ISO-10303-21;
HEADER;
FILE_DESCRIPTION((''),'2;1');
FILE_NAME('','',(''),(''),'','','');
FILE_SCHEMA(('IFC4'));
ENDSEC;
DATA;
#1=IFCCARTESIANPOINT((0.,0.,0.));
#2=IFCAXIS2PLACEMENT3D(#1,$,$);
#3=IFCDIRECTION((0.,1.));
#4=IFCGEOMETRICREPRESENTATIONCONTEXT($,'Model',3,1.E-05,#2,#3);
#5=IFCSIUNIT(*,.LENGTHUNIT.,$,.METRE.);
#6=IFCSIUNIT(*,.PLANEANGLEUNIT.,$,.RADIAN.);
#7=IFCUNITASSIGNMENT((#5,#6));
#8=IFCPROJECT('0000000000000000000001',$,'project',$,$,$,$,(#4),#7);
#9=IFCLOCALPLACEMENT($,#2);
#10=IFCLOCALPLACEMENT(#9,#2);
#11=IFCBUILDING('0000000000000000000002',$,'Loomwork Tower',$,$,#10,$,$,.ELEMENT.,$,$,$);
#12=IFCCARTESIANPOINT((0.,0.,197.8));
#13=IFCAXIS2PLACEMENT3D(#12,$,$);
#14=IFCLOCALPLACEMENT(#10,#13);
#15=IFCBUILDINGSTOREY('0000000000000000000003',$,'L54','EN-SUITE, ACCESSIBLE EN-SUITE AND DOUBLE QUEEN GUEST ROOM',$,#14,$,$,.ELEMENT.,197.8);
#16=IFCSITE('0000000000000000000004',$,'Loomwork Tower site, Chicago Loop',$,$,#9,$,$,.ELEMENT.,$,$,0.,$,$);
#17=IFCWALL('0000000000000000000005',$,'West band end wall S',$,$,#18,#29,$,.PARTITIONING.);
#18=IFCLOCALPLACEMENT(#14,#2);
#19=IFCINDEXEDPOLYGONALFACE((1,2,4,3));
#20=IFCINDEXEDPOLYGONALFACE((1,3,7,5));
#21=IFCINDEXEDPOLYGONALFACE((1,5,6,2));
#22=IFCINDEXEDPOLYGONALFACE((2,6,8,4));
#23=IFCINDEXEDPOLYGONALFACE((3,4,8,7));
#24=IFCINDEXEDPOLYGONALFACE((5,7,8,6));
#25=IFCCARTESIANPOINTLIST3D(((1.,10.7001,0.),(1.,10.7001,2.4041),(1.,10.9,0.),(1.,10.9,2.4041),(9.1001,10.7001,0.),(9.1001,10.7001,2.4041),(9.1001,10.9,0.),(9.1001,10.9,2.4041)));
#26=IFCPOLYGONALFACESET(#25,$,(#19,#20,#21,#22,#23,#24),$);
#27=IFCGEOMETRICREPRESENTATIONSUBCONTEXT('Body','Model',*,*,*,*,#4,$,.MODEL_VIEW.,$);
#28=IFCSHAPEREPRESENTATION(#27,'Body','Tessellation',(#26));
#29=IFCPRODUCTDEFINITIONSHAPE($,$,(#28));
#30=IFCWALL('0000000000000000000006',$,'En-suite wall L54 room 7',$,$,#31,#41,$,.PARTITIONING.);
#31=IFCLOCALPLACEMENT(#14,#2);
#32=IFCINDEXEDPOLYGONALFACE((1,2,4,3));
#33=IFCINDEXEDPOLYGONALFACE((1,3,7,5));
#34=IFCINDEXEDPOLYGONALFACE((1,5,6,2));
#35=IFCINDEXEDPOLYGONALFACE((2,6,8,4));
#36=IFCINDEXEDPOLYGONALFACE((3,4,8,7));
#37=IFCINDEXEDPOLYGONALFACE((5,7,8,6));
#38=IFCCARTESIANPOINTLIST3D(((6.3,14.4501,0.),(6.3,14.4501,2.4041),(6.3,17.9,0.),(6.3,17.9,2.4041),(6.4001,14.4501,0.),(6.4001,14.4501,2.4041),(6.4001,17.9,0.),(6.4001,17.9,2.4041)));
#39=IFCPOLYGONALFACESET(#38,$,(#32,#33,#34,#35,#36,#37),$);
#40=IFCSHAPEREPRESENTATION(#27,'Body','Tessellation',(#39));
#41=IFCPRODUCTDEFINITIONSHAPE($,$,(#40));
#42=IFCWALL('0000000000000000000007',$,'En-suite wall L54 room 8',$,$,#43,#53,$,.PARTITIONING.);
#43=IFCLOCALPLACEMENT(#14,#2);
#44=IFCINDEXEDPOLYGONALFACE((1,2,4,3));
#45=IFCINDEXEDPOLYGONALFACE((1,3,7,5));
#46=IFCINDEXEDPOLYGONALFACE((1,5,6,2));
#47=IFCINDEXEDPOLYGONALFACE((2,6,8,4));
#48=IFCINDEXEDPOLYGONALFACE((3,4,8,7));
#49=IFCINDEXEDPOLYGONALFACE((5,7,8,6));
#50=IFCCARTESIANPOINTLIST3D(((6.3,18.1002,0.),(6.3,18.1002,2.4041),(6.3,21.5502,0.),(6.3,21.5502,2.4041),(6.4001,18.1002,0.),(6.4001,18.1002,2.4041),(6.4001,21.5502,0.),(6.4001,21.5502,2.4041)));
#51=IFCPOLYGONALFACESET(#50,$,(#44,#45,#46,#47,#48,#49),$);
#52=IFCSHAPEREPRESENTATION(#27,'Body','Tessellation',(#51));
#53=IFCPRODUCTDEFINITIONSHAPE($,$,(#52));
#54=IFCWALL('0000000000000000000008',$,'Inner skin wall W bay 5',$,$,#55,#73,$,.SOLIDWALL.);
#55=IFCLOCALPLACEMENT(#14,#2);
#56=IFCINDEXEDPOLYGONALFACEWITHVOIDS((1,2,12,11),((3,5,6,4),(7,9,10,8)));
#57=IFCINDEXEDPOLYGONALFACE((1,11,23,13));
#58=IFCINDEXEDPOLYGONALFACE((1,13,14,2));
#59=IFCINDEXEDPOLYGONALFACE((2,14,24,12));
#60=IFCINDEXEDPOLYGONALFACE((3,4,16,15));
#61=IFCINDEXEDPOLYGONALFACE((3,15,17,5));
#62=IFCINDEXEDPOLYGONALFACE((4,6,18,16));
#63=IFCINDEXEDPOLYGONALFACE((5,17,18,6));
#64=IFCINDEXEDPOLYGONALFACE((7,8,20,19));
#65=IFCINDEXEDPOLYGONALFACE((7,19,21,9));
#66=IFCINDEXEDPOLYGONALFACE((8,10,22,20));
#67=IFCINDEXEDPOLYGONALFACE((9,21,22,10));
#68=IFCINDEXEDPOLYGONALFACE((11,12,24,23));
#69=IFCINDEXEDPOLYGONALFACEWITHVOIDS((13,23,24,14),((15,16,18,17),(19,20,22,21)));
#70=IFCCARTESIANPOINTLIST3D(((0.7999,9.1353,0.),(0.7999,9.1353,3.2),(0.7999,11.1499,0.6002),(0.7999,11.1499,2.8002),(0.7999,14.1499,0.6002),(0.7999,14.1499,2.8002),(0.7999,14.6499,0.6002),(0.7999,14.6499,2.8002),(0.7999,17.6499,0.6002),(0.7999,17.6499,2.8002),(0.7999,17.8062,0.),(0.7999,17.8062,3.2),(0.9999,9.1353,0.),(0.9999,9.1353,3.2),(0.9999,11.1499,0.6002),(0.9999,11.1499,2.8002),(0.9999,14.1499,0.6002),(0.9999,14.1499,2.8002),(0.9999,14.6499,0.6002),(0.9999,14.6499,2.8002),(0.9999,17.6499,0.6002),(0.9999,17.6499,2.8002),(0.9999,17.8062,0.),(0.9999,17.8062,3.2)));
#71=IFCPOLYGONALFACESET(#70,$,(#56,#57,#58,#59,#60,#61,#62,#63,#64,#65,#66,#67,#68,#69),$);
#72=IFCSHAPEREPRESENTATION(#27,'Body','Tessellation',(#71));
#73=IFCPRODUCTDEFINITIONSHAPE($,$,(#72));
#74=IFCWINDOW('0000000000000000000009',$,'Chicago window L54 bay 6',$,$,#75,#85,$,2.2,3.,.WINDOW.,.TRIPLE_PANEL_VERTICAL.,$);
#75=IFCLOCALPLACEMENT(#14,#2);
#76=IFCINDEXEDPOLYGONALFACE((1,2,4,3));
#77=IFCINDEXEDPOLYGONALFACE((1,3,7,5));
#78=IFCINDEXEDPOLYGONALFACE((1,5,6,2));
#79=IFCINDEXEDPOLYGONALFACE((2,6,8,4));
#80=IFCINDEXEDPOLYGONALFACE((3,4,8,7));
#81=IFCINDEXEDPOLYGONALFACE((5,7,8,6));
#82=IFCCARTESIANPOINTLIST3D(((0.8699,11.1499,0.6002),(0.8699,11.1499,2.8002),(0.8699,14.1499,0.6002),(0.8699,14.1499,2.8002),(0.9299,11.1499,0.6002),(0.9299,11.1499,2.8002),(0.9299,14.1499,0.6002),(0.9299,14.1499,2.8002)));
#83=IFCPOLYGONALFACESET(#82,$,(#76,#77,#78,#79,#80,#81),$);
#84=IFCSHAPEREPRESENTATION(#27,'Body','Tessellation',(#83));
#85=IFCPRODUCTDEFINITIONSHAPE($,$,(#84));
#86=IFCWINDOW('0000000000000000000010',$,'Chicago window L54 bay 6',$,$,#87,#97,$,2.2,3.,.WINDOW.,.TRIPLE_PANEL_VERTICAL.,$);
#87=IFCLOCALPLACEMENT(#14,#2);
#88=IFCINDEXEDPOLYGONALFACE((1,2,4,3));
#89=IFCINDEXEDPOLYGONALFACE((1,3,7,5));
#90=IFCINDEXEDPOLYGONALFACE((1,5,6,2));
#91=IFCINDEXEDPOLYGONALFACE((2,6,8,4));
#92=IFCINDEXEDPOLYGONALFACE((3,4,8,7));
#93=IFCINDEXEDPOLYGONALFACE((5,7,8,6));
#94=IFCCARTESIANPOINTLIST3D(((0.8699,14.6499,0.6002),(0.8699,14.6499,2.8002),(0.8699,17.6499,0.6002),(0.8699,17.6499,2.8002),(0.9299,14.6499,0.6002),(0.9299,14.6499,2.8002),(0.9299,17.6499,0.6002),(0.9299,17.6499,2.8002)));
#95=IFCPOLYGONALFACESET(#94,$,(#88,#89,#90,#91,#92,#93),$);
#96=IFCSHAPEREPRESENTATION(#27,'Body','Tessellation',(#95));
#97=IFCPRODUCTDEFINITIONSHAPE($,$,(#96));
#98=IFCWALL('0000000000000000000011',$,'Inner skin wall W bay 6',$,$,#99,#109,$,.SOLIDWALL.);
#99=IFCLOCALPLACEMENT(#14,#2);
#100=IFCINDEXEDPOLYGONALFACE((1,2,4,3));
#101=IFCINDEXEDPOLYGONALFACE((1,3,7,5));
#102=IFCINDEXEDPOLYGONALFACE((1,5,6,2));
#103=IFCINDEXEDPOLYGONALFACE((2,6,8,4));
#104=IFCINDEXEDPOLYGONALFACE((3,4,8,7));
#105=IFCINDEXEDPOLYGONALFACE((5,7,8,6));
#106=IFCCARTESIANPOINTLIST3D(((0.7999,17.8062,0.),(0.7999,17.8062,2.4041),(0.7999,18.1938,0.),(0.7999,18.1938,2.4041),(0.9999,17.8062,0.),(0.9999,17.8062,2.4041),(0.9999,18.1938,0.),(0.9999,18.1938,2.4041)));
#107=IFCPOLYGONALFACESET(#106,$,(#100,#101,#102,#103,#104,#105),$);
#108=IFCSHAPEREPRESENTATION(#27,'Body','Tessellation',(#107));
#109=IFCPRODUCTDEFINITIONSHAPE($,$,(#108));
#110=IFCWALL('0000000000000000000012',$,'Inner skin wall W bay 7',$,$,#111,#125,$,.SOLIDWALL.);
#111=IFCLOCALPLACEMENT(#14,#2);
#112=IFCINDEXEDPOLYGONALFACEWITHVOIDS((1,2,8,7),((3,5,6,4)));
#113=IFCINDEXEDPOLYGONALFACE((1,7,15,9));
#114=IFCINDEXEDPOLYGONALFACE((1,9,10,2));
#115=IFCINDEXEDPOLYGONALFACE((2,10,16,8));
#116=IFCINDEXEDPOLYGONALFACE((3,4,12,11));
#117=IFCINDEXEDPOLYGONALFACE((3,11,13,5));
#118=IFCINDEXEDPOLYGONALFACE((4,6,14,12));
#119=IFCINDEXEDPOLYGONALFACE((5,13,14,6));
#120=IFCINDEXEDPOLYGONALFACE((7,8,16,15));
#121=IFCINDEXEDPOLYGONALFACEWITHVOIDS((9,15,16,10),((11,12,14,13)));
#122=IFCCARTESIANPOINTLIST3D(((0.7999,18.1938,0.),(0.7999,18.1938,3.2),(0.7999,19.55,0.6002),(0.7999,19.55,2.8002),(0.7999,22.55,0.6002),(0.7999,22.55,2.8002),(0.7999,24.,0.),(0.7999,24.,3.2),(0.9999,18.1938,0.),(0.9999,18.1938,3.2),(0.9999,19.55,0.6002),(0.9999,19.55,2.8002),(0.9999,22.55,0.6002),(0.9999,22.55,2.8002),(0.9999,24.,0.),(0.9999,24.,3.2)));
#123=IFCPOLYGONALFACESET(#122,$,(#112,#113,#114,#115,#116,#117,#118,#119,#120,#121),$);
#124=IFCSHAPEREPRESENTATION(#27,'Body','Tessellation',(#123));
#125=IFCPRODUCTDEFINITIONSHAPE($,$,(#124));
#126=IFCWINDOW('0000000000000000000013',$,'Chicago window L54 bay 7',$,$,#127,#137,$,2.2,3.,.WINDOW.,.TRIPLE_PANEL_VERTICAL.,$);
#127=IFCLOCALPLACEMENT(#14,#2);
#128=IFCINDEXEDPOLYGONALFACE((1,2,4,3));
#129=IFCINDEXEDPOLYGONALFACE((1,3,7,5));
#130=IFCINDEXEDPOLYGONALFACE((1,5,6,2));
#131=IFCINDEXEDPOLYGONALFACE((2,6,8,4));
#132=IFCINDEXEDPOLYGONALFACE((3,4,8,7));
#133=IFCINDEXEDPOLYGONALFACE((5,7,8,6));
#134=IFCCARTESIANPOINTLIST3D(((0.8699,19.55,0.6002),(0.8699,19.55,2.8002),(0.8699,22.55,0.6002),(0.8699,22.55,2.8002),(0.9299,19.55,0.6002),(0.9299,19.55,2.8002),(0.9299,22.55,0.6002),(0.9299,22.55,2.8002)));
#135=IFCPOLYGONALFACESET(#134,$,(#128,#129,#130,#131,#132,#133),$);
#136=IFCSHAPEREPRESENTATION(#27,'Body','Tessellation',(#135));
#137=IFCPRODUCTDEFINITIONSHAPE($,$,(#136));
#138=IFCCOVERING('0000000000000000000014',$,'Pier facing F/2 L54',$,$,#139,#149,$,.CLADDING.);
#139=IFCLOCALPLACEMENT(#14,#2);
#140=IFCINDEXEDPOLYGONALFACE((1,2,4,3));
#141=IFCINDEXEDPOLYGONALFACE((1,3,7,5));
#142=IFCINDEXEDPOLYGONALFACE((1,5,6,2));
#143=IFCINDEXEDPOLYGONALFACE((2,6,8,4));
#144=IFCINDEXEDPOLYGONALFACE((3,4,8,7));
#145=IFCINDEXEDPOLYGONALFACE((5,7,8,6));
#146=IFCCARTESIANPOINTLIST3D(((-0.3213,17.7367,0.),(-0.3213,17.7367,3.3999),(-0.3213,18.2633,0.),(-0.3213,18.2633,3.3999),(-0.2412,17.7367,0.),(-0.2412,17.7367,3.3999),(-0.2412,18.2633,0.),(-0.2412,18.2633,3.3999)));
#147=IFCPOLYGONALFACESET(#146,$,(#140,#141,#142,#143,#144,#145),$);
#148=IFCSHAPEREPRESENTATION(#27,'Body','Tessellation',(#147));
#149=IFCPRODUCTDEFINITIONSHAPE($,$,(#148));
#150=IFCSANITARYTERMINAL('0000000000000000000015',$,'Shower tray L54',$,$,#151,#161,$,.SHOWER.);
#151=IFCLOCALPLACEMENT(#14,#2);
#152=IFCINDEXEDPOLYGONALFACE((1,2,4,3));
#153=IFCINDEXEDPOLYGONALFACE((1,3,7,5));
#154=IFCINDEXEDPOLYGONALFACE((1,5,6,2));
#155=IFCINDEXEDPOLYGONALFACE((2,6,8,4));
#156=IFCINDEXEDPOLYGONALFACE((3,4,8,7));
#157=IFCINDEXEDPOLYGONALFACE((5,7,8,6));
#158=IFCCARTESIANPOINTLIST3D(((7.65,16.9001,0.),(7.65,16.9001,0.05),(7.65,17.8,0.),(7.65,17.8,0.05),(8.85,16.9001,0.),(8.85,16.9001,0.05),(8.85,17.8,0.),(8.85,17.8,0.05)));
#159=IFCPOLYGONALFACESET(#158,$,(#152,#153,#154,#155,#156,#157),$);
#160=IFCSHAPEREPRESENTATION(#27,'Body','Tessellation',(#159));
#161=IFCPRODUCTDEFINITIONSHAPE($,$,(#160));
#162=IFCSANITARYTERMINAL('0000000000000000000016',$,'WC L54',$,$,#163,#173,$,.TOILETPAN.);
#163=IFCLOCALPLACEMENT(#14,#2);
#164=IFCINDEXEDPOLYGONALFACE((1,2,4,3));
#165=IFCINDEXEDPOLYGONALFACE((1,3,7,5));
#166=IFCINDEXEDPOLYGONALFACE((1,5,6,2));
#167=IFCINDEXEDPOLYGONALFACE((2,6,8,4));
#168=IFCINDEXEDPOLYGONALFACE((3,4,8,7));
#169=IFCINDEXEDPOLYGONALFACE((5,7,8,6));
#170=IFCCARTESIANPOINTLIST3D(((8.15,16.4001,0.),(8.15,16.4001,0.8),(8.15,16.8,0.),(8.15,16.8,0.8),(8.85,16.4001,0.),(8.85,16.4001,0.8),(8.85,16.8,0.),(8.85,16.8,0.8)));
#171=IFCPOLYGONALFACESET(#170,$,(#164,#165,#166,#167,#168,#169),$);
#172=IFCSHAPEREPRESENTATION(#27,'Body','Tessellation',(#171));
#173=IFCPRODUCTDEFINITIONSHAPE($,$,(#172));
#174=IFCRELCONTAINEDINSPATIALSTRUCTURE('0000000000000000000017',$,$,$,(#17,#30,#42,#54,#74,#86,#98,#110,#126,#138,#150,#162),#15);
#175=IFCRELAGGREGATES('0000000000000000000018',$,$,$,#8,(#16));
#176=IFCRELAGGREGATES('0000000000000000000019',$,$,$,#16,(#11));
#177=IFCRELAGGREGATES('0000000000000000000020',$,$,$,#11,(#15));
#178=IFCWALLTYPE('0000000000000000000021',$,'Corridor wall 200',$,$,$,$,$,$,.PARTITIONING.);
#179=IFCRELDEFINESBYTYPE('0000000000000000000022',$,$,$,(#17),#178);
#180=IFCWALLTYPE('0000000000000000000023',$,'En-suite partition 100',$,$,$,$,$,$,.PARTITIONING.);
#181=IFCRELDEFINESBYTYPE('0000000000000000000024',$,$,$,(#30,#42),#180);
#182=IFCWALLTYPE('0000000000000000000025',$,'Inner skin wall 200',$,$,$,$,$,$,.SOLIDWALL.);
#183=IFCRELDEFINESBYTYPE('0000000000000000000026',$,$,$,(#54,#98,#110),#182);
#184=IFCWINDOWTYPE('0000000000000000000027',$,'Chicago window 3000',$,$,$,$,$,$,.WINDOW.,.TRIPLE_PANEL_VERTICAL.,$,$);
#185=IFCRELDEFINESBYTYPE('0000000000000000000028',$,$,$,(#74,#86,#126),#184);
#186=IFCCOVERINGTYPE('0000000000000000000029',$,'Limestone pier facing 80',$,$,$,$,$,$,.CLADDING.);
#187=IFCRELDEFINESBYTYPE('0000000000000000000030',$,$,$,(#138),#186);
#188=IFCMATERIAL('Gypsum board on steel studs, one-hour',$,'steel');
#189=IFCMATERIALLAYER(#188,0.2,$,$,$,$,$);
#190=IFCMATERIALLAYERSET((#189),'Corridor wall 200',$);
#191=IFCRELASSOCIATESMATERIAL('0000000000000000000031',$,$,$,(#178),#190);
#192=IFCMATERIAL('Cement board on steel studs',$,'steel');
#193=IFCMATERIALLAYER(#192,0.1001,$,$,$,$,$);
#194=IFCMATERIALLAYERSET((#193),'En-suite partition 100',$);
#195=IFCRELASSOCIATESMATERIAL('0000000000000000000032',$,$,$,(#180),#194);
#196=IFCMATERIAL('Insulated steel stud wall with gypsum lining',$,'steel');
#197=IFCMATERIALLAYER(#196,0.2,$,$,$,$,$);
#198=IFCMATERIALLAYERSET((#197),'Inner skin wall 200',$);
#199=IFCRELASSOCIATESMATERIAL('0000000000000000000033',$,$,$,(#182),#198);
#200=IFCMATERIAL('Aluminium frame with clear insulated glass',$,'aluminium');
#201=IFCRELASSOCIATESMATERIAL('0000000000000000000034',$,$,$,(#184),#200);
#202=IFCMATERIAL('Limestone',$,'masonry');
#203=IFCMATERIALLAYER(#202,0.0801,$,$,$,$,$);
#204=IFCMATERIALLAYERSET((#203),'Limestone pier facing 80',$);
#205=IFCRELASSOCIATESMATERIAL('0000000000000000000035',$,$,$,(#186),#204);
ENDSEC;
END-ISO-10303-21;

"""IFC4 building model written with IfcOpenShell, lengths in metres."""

from ifc_helpers import new_model, si_unit, direction, frame, frame_2d, origin, origin_2d, place, context, subcontext, project, spatial, rectangle, extrude, material, layer, layer_set, type_object, element, fill, save


model = new_model("IFC4")

# Units and contexts
model_context = context("Model", 3, precision=1e-05, world=origin(), true_north=direction((0.0, 1.0)))
body_context = subcontext(model_context, "Body", "Model", "MODEL_VIEW")
ifc_project = project(units=[si_unit("LENGTHUNIT", "METRE"), si_unit("PLANEANGLEUNIT", "RADIAN")], contexts=[model_context])

# Site, building, storey
site_placement = place(None, origin())
site = spatial("IfcSite", under=ifc_project, at=site_placement, Name="Loomwork Tower site, Chicago Loop", CompositionType="ELEMENT", RefElevation=0.0)
building_placement = place(site_placement, origin())
building = spatial("IfcBuilding", under=site, at=building_placement, Name="Loomwork Tower", CompositionType="ELEMENT")
storey_placement = place(building_placement, frame((0.0, 0.0, 197.8)))
storey = spatial("IfcBuildingStorey", under=building, at=storey_placement, Name="L54", Description="EN-SUITE, ACCESSIBLE EN-SUITE AND DOUBLE QUEEN GUEST ROOM", CompositionType="ELEMENT", Elevation=197.8)

# Walls
ifc_material_1 = material(Name="Gypsum board on steel studs, one-hour", Category="steel")
ifc_layer_1 = layer(ifc_material_1, 0.2)
ifc_layer_set_1 = layer_set([ifc_layer_1], Name="Corridor wall 200")
wall_type_1 = type_object("IfcWallType", Name="Corridor wall 200", PredefinedType="PARTITIONING", material=ifc_layer_set_1)
wall_1_placement = place(storey_placement, frame((1.0, 10.8, 0.0), z_axis=(0.0, 0.0, 1.0), x_axis=(1.0, 0.0, 0.0)))
element("IfcWall", 1, at=wall_1_placement, inside=storey, type_object=wall_type_1, Name="West band end wall S", PredefinedType="PARTITIONING", context=body_context, shape_type="SweptSolid", body=[
    extrude(rectangle(XDim=8.1001, YDim=0.2, at=frame_2d((4.05, 0.0))), origin(), (0.0, 0.0, 1.0), 2.4041),
])
ifc_material_2 = material(Name="Cement board on steel studs", Category="steel")
ifc_layer_2 = layer(ifc_material_2, 0.1001)
ifc_layer_set_2 = layer_set([ifc_layer_2], Name="En-suite partition 100")
wall_type_2 = type_object("IfcWallType", Name="En-suite partition 100", PredefinedType="PARTITIONING", material=ifc_layer_set_2)
for number, where, z_axis, x_axis, name in (
    (2, (6.3501, 14.45, 0.0), (0.0, 0.0, 1.0), (0.0, 1.0, 0.0), "En-suite wall L54 room 7"),
    (3, (6.3501, 18.1001, 0.0), (0.0, 0.0, 1.0), (0.0, 1.0, 0.0), "En-suite wall L54 room 8"),
):
    element("IfcWall", number, at=place(storey_placement, frame(where, z_axis=z_axis, x_axis=x_axis)), inside=storey, type_object=wall_type_2, Name=name, PredefinedType="PARTITIONING", context=body_context, shape_type="SweptSolid", body=[
        extrude(rectangle(XDim=3.45, YDim=0.1001, at=frame_2d((1.7251, 0.0))), origin(), (0.0, 0.0, 1.0), 2.4041),
    ])

# Wall, openings, windows
ifc_material_3 = material(Name="Insulated steel stud wall with gypsum lining", Category="steel")
ifc_layer_3 = layer(ifc_material_3, 0.2)
ifc_layer_set_3 = layer_set([ifc_layer_3], Name="Inner skin wall 200")
wall_type_3 = type_object("IfcWallType", Name="Inner skin wall 200", PredefinedType="SOLIDWALL", material=ifc_layer_set_3)
wall_2_placement = place(storey_placement, frame((0.8999, 9.1353, 0.0), z_axis=(0.0, 0.0, 1.0), x_axis=(0.0, 1.0, 0.0)))
wall_2 = element("IfcWall", 4, at=wall_2_placement, inside=storey, type_object=wall_type_3, Name="Inner skin wall W bay 5", PredefinedType="SOLIDWALL", context=body_context, shape_type="SweptSolid", body=[
    extrude(rectangle(XDim=8.6709, YDim=0.2, at=frame_2d((4.3354, 0.0))), origin(), (0.0, 0.0, 1.0), 3.2),
])
opening_1_placement = place(wall_2_placement, frame((2.0146, 0.0, 0.6001)))
opening_1 = element("IfcOpeningElement", 5, at=opening_1_placement, cuts=wall_2, PredefinedType="OPENING", context=body_context, shape_type="SweptSolid", body=[
    extrude(rectangle(XDim=3.0, YDim=2.2, at=frame_2d((1.5, 1.1001))), frame((0.0, 0.1099, 0.0), z_axis=(0.0, -1.0, 0.0), x_axis=(1.0, 0.0, 0.0)), (0.0, 0.0, 1.0), 0.22),
])
opening_2_placement = place(wall_2_placement, frame((5.5146, 0.0, 0.6001)))
opening_2 = element("IfcOpeningElement", 6, at=opening_2_placement, cuts=wall_2, PredefinedType="OPENING", context=body_context, shape_type="SweptSolid", body=[
    extrude(rectangle(XDim=3.0, YDim=2.2, at=frame_2d((1.5, 1.1001))), frame((0.0, 0.1099, 0.0), z_axis=(0.0, -1.0, 0.0), x_axis=(1.0, 0.0, 0.0)), (0.0, 0.0, 1.0), 0.22),
])
ifc_material_4 = material(Name="Aluminium frame with clear insulated glass", Category="aluminium")
window_type = type_object("IfcWindowType", Name="Chicago window 3000", PartitioningType="TRIPLE_PANEL_VERTICAL", PredefinedType="WINDOW", material=ifc_material_4)
window_1_placement = place(opening_1_placement, origin())
window_1 = element("IfcWindow", 7, at=window_1_placement, inside=storey, type_object=window_type, Name="Chicago window L54 bay 6", OverallHeight=2.2, OverallWidth=3.0, PartitioningType="TRIPLE_PANEL_VERTICAL", PredefinedType="WINDOW", context=body_context, shape_type="SweptSolid", body=[
    extrude(rectangle(XDim=3.0, YDim=2.2, at=frame_2d((1.5, 1.1001))), frame((0.0, 0.03, 0.0), z_axis=(0.0, -1.0, 0.0), x_axis=(1.0, 0.0, 0.0)), (0.0, 0.0, 1.0), 0.0601),
])
fill(opening_1, window_1)
window_2_placement = place(opening_2_placement, origin())
window_2 = element("IfcWindow", 8, at=window_2_placement, inside=storey, type_object=window_type, Name="Chicago window L54 bay 6", OverallHeight=2.2, OverallWidth=3.0, PartitioningType="TRIPLE_PANEL_VERTICAL", PredefinedType="WINDOW", context=body_context, shape_type="SweptSolid", body=[
    extrude(rectangle(XDim=3.0, YDim=2.2, at=frame_2d((1.5, 1.1001))), frame((0.0, 0.03, 0.0), z_axis=(0.0, -1.0, 0.0), x_axis=(1.0, 0.0, 0.0)), (0.0, 0.0, 1.0), 0.0601),
])
fill(opening_2, window_2)

# Wall
wall_3_placement = place(storey_placement, frame((0.8999, 17.8062, 0.0), z_axis=(0.0, 0.0, 1.0), x_axis=(0.0, 1.0, 0.0)))
element("IfcWall", 9, at=wall_3_placement, inside=storey, type_object=wall_type_3, Name="Inner skin wall W bay 6", PredefinedType="SOLIDWALL", context=body_context, shape_type="SweptSolid", body=[
    extrude(rectangle(XDim=0.3877, YDim=0.2, at=frame_2d((0.1938, 0.0))), origin(), (0.0, 0.0, 1.0), 2.4041),
])

# Wall, opening, window
wall_4_placement = place(storey_placement, frame((0.8999, 18.1938, 0.0), z_axis=(0.0, 0.0, 1.0), x_axis=(0.0, 1.0, 0.0)))
wall_4 = element("IfcWall", 10, at=wall_4_placement, inside=storey, type_object=wall_type_3, Name="Inner skin wall W bay 7", PredefinedType="SOLIDWALL", context=body_context, shape_type="SweptSolid", body=[
    extrude(rectangle(XDim=5.8062, YDim=0.2, at=frame_2d((2.9031, 0.0))), origin(), (0.0, 0.0, 1.0), 3.2),
])
opening_3_placement = place(wall_4_placement, frame((1.3562, 0.0, 0.6001)))
opening_3 = element("IfcOpeningElement", 11, at=opening_3_placement, cuts=wall_4, PredefinedType="OPENING", context=body_context, shape_type="SweptSolid", body=[
    extrude(rectangle(XDim=3.0, YDim=2.2, at=frame_2d((1.5, 1.1001))), frame((0.0, 0.1099, 0.0), z_axis=(0.0, -1.0, 0.0), x_axis=(1.0, 0.0, 0.0)), (0.0, 0.0, 1.0), 0.22),
])
window_3_placement = place(opening_3_placement, origin())
window_3 = element("IfcWindow", 12, at=window_3_placement, inside=storey, type_object=window_type, Name="Chicago window L54 bay 7", OverallHeight=2.2, OverallWidth=3.0, PartitioningType="TRIPLE_PANEL_VERTICAL", PredefinedType="WINDOW", context=body_context, shape_type="SweptSolid", body=[
    extrude(rectangle(XDim=3.0, YDim=2.2, at=frame_2d((1.5, 1.1001))), frame((0.0, 0.03, 0.0), z_axis=(0.0, -1.0, 0.0), x_axis=(1.0, 0.0, 0.0)), (0.0, 0.0, 1.0), 0.0601),
])
fill(opening_3, window_3)

# Covering
ifc_material_5 = material(Name="Limestone", Category="masonry")
ifc_layer_4 = layer(ifc_material_5, 0.0801)
ifc_layer_set_4 = layer_set([ifc_layer_4], Name="Limestone pier facing 80")
covering_type = type_object("IfcCoveringType", Name="Limestone pier facing 80", PredefinedType="CLADDING", material=ifc_layer_set_4)
covering_placement = place(storey_placement, frame((-0.2812, 18.0, 0.0), z_axis=(0.0, 0.0, 1.0), x_axis=(1.0, 0.0, 0.0)))
element("IfcCovering", 13, at=covering_placement, inside=storey, type_object=covering_type, Name="Pier facing F/2 L54", PredefinedType="CLADDING", context=body_context, shape_type="SweptSolid", body=[
    extrude(rectangle(XDim=0.0801, YDim=0.5266, at=origin_2d()), origin(), (0.0, 0.0, 1.0), 3.3999),
])

# Sanitary terminals
sanitary_terminal_1_placement = place(storey_placement, frame((8.25, 17.3501, 0.0), z_axis=(0.0, 0.0, 1.0), x_axis=(1.0, 0.0, 0.0)))
element("IfcSanitaryTerminal", 14, at=sanitary_terminal_1_placement, inside=storey, Name="Shower tray L54", PredefinedType="SHOWER", context=body_context, shape_type="SweptSolid", body=[
    extrude(rectangle(XDim=1.2, YDim=0.8999, at=origin_2d()), origin(), (0.0, 0.0, 1.0), 0.05),
])
sanitary_terminal_2_placement = place(storey_placement, frame((8.5, 16.6001, 0.0), z_axis=(0.0, 0.0, 1.0), x_axis=(1.0, 0.0, 0.0)))
element("IfcSanitaryTerminal", 15, at=sanitary_terminal_2_placement, inside=storey, Name="WC L54", PredefinedType="TOILETPAN", context=body_context, shape_type="SweptSolid", body=[
    extrude(rectangle(XDim=0.7, YDim=0.3999, at=origin_2d()), origin(), (0.0, 0.0, 1.0), 0.8),
])

save(model, "model.ifc")
